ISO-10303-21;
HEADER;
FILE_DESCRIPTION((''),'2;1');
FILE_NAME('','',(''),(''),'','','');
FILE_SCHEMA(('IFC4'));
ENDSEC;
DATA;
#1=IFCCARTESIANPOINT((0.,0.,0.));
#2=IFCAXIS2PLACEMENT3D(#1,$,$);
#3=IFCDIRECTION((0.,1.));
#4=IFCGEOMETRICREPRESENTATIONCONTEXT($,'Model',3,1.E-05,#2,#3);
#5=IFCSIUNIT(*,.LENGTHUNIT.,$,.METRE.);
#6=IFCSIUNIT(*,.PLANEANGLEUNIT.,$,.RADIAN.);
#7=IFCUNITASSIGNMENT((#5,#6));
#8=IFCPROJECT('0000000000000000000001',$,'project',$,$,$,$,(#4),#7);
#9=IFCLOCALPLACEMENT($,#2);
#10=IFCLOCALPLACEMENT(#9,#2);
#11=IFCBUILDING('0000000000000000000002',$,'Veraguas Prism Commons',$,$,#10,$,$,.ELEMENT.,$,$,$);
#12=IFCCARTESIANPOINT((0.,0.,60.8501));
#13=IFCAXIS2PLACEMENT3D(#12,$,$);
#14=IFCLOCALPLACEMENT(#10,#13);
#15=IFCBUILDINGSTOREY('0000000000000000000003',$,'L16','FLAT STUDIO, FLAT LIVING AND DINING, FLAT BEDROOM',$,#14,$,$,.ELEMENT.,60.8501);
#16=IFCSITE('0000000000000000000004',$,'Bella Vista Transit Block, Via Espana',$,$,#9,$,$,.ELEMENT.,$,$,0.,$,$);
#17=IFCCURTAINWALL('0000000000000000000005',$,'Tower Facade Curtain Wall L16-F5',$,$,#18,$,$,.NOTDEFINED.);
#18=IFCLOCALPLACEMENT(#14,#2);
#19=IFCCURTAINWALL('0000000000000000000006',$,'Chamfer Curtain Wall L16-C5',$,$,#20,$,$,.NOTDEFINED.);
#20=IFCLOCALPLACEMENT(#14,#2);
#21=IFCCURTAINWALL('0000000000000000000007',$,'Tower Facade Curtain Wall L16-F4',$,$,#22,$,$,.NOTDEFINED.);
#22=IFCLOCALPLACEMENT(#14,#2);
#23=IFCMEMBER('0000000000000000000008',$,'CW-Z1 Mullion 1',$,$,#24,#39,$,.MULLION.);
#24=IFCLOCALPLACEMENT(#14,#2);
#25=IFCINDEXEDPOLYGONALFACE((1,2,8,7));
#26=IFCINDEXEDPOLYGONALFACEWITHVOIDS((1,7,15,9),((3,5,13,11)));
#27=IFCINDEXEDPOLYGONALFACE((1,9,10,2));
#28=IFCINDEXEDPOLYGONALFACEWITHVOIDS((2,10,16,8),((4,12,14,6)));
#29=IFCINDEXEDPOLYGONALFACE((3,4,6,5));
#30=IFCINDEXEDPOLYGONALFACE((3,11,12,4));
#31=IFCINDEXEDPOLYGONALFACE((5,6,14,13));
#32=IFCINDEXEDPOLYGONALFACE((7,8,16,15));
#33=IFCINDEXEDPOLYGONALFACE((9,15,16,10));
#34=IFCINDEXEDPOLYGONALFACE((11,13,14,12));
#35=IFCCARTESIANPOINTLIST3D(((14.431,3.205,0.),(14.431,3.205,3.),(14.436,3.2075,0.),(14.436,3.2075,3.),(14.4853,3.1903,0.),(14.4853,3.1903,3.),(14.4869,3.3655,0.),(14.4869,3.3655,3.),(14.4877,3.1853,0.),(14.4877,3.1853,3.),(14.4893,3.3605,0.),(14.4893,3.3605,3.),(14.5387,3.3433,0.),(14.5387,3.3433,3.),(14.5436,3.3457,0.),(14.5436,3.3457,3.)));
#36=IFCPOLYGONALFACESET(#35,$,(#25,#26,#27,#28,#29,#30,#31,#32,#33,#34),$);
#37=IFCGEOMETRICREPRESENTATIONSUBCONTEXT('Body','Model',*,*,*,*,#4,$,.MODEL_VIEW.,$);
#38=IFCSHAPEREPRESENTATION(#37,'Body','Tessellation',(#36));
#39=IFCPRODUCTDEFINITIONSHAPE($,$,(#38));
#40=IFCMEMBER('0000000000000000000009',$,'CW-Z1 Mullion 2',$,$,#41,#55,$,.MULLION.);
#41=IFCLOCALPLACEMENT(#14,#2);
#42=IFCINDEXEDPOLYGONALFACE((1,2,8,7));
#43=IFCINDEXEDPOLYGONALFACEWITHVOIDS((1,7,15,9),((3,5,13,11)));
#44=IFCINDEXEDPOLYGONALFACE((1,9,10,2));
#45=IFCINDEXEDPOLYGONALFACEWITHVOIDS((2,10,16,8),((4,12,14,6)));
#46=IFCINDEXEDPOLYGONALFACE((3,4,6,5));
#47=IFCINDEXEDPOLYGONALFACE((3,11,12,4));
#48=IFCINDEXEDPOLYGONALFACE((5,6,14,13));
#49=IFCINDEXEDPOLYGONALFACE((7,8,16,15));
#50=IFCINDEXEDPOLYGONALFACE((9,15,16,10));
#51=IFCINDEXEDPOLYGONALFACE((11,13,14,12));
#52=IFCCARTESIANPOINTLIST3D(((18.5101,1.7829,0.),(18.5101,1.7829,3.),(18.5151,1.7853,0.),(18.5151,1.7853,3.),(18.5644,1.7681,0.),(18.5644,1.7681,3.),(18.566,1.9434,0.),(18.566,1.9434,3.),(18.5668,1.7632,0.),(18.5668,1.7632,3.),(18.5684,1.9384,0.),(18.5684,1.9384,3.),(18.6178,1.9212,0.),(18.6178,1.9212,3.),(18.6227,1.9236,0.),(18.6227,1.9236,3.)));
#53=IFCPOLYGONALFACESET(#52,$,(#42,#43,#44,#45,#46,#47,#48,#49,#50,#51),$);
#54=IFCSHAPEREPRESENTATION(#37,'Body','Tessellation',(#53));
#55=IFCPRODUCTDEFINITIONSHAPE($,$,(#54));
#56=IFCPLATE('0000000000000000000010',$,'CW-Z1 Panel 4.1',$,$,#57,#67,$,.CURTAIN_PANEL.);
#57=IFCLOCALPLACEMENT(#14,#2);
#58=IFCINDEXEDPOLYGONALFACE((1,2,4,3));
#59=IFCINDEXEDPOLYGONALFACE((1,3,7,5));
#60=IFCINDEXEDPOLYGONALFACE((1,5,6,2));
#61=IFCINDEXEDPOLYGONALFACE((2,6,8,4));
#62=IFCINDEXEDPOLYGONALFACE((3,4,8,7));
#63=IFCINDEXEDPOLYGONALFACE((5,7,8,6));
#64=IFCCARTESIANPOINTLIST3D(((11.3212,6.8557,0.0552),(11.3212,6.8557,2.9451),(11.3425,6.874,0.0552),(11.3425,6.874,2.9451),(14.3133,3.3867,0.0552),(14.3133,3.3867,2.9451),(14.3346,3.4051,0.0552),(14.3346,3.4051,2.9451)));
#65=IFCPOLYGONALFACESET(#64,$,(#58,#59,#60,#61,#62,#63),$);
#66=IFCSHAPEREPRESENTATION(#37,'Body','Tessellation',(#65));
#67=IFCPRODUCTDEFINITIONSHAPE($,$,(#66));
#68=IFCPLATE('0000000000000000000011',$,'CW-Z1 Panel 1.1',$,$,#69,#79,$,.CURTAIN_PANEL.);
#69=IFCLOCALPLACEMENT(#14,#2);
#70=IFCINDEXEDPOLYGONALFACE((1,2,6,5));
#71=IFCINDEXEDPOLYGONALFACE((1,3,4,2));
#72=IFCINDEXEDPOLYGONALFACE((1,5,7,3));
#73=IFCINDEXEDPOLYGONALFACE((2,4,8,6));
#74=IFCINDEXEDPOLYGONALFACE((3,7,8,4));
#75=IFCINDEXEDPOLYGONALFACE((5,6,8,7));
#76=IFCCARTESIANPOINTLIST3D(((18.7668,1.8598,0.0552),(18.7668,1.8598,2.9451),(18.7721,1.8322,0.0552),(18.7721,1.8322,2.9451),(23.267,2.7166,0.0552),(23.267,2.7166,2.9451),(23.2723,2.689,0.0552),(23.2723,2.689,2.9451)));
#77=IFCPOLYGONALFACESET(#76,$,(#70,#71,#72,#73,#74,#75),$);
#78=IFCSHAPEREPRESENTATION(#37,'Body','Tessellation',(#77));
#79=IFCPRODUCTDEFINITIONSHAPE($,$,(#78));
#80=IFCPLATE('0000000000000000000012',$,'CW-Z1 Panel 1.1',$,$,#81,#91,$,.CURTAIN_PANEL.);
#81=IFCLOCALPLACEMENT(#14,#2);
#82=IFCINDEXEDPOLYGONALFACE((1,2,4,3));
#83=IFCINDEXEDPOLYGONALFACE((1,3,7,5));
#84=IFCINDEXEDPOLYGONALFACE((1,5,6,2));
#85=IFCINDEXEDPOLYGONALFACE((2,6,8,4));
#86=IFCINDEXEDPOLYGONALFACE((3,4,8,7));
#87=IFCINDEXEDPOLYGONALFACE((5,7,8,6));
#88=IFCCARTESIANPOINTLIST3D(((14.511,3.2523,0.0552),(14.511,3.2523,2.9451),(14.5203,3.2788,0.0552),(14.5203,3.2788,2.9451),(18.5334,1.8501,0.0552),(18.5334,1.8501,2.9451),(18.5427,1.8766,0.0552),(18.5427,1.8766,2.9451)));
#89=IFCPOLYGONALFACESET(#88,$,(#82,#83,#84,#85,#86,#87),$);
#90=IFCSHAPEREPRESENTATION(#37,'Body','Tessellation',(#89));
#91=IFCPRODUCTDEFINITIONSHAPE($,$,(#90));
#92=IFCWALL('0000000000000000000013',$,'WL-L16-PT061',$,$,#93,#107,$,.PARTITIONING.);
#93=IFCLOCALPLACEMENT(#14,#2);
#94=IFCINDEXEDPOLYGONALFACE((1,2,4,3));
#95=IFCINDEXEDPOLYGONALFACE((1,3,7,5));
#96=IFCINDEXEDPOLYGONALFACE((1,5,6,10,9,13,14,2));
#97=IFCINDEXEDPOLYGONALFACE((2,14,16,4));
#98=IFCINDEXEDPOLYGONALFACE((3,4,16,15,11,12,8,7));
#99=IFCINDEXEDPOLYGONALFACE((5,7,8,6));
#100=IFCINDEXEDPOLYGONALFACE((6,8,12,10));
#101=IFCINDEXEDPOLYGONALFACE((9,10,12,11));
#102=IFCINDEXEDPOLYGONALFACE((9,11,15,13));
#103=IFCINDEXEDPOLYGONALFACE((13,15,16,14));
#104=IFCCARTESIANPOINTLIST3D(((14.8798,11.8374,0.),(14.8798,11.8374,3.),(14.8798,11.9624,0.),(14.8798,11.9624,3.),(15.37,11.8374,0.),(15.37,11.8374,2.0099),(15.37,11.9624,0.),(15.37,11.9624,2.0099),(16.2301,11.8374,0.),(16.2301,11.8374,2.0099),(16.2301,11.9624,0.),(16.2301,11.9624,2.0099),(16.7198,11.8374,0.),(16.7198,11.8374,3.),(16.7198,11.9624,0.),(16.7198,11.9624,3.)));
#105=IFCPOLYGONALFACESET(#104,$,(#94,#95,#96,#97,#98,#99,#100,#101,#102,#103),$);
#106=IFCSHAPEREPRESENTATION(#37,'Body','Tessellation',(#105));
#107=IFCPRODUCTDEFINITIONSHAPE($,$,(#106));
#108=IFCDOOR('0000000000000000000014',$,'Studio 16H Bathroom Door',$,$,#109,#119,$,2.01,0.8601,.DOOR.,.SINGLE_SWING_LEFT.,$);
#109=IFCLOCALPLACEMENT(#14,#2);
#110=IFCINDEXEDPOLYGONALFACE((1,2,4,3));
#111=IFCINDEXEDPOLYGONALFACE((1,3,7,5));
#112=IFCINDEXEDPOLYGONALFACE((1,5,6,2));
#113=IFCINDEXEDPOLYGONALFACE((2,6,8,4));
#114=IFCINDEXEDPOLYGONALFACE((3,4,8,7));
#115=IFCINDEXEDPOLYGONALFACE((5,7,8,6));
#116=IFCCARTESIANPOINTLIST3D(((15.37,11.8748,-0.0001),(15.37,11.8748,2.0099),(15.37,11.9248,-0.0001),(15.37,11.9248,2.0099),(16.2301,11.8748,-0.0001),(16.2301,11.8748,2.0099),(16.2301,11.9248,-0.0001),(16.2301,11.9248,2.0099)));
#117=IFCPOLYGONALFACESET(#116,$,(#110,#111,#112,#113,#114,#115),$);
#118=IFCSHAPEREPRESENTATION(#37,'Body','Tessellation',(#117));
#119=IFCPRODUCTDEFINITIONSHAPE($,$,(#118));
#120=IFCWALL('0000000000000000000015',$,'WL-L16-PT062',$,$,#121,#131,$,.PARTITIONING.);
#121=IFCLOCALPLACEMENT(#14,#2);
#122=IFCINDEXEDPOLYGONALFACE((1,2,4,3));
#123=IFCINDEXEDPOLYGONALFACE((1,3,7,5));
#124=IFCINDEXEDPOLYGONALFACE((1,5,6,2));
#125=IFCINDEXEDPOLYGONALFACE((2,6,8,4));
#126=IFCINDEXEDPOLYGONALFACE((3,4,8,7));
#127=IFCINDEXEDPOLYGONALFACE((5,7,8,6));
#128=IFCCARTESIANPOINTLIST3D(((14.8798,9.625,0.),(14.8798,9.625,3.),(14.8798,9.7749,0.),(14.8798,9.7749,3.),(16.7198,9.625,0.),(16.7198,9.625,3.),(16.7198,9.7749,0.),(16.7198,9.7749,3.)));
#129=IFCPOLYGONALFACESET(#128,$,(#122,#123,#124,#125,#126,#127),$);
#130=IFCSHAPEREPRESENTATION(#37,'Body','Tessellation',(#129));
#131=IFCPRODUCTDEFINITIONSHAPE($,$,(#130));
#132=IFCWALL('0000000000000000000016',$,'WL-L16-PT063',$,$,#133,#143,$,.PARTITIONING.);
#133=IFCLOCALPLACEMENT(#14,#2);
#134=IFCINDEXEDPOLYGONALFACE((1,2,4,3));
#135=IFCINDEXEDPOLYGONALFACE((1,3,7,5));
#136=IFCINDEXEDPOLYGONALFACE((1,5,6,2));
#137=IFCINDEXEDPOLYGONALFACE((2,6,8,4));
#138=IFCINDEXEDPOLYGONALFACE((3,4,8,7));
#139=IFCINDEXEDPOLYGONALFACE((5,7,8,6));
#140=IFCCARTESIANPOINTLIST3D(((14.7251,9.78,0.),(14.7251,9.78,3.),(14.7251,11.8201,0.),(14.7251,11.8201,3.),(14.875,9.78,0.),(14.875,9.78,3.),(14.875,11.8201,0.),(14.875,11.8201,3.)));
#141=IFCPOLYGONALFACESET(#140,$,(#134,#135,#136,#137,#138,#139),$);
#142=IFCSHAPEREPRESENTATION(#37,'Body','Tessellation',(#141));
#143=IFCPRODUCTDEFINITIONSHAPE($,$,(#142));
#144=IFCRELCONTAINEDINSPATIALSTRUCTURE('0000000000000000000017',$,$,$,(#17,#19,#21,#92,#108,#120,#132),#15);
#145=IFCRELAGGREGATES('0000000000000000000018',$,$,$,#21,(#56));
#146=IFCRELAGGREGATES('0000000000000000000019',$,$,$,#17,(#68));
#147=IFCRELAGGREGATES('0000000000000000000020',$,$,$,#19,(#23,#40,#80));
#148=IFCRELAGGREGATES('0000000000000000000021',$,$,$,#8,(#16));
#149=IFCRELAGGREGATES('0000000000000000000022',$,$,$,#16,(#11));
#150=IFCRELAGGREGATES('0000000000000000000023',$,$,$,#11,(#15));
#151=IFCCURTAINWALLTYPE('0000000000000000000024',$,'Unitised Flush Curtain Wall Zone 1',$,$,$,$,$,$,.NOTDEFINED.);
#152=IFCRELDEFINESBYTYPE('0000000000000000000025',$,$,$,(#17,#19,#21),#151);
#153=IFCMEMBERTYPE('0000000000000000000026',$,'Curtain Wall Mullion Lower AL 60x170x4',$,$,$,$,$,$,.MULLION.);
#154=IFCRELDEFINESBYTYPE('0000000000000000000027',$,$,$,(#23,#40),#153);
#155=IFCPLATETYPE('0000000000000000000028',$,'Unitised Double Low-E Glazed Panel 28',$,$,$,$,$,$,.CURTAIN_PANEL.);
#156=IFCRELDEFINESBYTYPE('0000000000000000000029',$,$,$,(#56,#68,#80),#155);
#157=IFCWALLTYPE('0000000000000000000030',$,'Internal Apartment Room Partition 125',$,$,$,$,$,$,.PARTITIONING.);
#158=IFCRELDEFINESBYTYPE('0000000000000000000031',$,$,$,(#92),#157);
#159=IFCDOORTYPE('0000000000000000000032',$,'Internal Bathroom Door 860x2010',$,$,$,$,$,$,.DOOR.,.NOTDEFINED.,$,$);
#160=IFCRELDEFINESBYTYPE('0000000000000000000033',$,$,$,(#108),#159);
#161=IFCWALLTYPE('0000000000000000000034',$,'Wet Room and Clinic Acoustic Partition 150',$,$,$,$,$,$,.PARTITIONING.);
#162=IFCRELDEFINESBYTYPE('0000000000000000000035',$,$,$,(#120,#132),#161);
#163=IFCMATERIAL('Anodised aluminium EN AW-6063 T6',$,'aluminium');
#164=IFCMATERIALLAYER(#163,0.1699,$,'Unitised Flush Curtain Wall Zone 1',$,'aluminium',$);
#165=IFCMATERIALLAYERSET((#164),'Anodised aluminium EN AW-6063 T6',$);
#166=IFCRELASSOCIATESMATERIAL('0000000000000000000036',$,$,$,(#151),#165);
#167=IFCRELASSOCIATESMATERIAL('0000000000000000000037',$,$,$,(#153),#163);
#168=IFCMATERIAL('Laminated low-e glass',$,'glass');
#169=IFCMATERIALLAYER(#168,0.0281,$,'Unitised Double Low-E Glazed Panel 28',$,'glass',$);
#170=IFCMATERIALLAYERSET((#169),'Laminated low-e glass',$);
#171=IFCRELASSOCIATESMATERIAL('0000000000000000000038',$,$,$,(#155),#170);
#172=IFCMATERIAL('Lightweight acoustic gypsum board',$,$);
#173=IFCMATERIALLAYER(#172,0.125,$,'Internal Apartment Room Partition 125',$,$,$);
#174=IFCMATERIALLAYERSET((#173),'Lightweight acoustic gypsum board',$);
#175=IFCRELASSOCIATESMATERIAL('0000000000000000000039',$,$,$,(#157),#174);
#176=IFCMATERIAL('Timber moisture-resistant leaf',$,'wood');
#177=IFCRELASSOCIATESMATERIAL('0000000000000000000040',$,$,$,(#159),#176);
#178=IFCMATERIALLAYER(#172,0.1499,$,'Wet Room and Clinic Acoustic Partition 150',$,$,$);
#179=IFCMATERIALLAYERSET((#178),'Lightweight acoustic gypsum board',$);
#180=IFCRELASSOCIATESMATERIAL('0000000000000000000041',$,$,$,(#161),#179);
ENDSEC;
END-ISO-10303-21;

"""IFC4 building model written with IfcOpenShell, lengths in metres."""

from ifc_helpers import new_model, si_unit, direction, frame, frame_2d, origin, origin_2d, place, context, subcontext, project, spatial, rectangle, hollow_rectangle, extrude, source, transform, mapped, material, layer, layer_set, material_profile, profile_set, type_object, element, fill, aggregate, save


model = new_model("IFC4")

# Units and contexts
model_context = context("Model", 3, precision=1e-05, world=origin(), true_north=direction((0.0, 1.0)))
body_context = subcontext(model_context, "Body", "Model", "MODEL_VIEW")
ifc_project = project(units=[si_unit("LENGTHUNIT", "METRE"), si_unit("PLANEANGLEUNIT", "RADIAN")], contexts=[model_context])

# Site, building, storey
site_placement = place(None, origin())
site = spatial("IfcSite", under=ifc_project, at=site_placement, Name="Bella Vista Transit Block, Via Espana", CompositionType="ELEMENT", RefElevation=0.0)
building_placement = place(site_placement, origin())
building = spatial("IfcBuilding", under=site, at=building_placement, Name="Veraguas Prism Commons", CompositionType="ELEMENT")
storey_placement = place(building_placement, frame((0.0, 0.0, 60.8501)))
storey = spatial("IfcBuildingStorey", under=building, at=storey_placement, Name="L16", Description="FLAT STUDIO, FLAT LIVING AND DINING, FLAT BEDROOM", CompositionType="ELEMENT", Elevation=60.8501)

# Curtain walls
ifc_material_1 = material(Name="Anodised aluminium EN AW-6063 T6", Category="aluminium")
ifc_layer_1 = layer(ifc_material_1, 0.1699, Name="Unitised Flush Curtain Wall Zone 1", Category="aluminium")
ifc_layer_set_1 = layer_set([ifc_layer_1], Name="Anodised aluminium EN AW-6063 T6")
curtain_wall_type = type_object("IfcCurtainWallType", Name="Unitised Flush Curtain Wall Zone 1", PredefinedType="NOTDEFINED", material=ifc_layer_set_1)
curtain_wall_1_placement = place(storey_placement, origin())
curtain_wall_1 = element("IfcCurtainWall", 1, at=curtain_wall_1_placement, inside=storey, type_object=curtain_wall_type, Name="Tower Facade Curtain Wall L16-F5", PredefinedType="NOTDEFINED")
curtain_wall_2_placement = place(storey_placement, origin())
curtain_wall_2 = element("IfcCurtainWall", 2, at=curtain_wall_2_placement, inside=storey, type_object=curtain_wall_type, Name="Chamfer Curtain Wall L16-C5", PredefinedType="NOTDEFINED")

# Curtain wall
curtain_wall_3_placement = place(storey_placement, origin())
curtain_wall_3 = element("IfcCurtainWall", 3, at=curtain_wall_3_placement, inside=storey, type_object=curtain_wall_type, Name="Tower Facade Curtain Wall L16-F4", PredefinedType="NOTDEFINED")
ifc_material_profile_1 = material_profile(ifc_material_1, hollow_rectangle(XDim=0.0601, YDim=0.1699, WallThickness=0.0039, at=origin_2d()), Name="AL60X170X4")
ifc_profile_set_1 = profile_set([ifc_material_profile_1], Name="Anodised aluminium EN AW-6063 T6")
member_type_1 = type_object("IfcMemberType", Name="Curtain Wall Mullion Lower AL 60x170x4", PredefinedType="MULLION", material=ifc_profile_set_1)
shared_shape_1 = source(origin(), body_context, "Body", "SweptSolid", [
    extrude(hollow_rectangle(XDim=0.0601, YDim=0.1699, WallThickness=0.0039, at=origin_2d()), origin(), (0.0, 0.0, 1.0), 3.0),
])

# Members
member_1_placement = place(storey_placement, frame((14.4873, 3.2754, 0.0), z_axis=(0.0, 0.0, 1.0), x_axis=(0.944272, -0.329165, 0.0)))
member_1 = element("IfcMember", 4, at=member_1_placement, type_object=member_type_1, Name="CW-Z1 Mullion 1", PredefinedType="MULLION", context=body_context, shape_type="MappedRepresentation", body=[
    mapped(shared_shape_1, transform((0.0, 0.0, 0.0), scale=1.0)),
])
member_2_placement = place(storey_placement, frame((18.5664, 1.8533, 0.0), z_axis=(0.0, 0.0, 1.0), x_axis=(0.944272, -0.329165, 0.0)))
member_2 = element("IfcMember", 5, at=member_2_placement, type_object=member_type_1, Name="CW-Z1 Mullion 2", PredefinedType="MULLION", context=body_context, shape_type="MappedRepresentation", body=[
    mapped(shared_shape_1, transform((0.0, 0.0, 0.0), scale=1.0)),
])

# Plates
ifc_material_2 = material(Name="Laminated low-e glass", Category="glass")
ifc_layer_2 = layer(ifc_material_2, 0.0281, Name="Unitised Double Low-E Glazed Panel 28", Category="glass")
ifc_layer_set_2 = layer_set([ifc_layer_2], Name="Laminated low-e glass")
plate_type = type_object("IfcPlateType", Name="Unitised Double Low-E Glazed Panel 28", PredefinedType="CURTAIN_PANEL", material=ifc_layer_set_2)
shared_shape_2 = source(origin(), body_context, "Body", "SweptSolid", [
    extrude(rectangle(XDim=4.5811, YDim=0.0281, at=origin_2d()), origin(), (0.0, 0.0, 1.0), 2.8899),
])
plate_1_placement = place(storey_placement, frame((12.8279, 5.1304, 0.0552), z_axis=(0.0, 0.0, 1.0), x_axis=(0.65315, -0.757229, 0.0)))
plate_1 = element("IfcPlate", 6, at=plate_1_placement, type_object=plate_type, Name="CW-Z1 Panel 4.1", PredefinedType="CURTAIN_PANEL", context=body_context, shape_type="MappedRepresentation", body=[
    mapped(shared_shape_2, transform((0.0, 0.0, 0.0), scale=1.0)),
])
aggregate(curtain_wall_3, [plate_1])
plate_2_placement = place(storey_placement, frame((21.0195, 2.2744, 0.0552), z_axis=(0.0, 0.0, 1.0), x_axis=(0.982353, 0.187038, 0.0)))
plate_2 = element("IfcPlate", 7, at=plate_2_placement, type_object=plate_type, Name="CW-Z1 Panel 1.1", PredefinedType="CURTAIN_PANEL", context=body_context, shape_type="MappedRepresentation", body=[
    mapped(shared_shape_2, transform((0.0, 0.0, 0.0), scale=1.0)),
])
aggregate(curtain_wall_1, [plate_2])
shared_shape_3 = source(origin(), body_context, "Body", "SweptSolid", [
    extrude(rectangle(XDim=4.2598, YDim=0.0281, at=origin_2d()), origin(), (0.0, 0.0, 1.0), 2.8899),
])
plate_3_placement = place(storey_placement, frame((16.5269, 2.5645, 0.0552), z_axis=(0.0, 0.0, 1.0), x_axis=(0.944272, -0.329165, 0.0)))
plate_3 = element("IfcPlate", 8, at=plate_3_placement, type_object=plate_type, Name="CW-Z1 Panel 1.1", PredefinedType="CURTAIN_PANEL", context=body_context, shape_type="MappedRepresentation", body=[
    mapped(shared_shape_3, transform((0.0, 0.0, 0.0), scale=1.0)),
])
aggregate(curtain_wall_2, [member_1, member_2, plate_3])

# Wall, opening, door
ifc_material_3 = material(Name="Lightweight acoustic gypsum board")
ifc_layer_3 = layer(ifc_material_3, 0.125, Name="Internal Apartment Room Partition 125")
ifc_layer_set_3 = layer_set([ifc_layer_3], Name="Lightweight acoustic gypsum board")
wall_type_1 = type_object("IfcWallType", Name="Internal Apartment Room Partition 125", PredefinedType="PARTITIONING", material=ifc_layer_set_3)
wall_1_placement = place(storey_placement, frame((14.8799, 11.8999, 0.0), z_axis=(0.0, 0.0, 1.0), x_axis=(1.0, 0.0, 0.0)))
wall_1 = element("IfcWall", 9, at=wall_1_placement, inside=storey, type_object=wall_type_1, Name="WL-L16-PT061", PredefinedType="PARTITIONING", context=body_context, shape_type="SweptSolid", body=[
    extrude(rectangle(XDim=1.8401, YDim=0.125, at=frame_2d((0.9199, 0.0))), origin(), (0.0, 0.0, 1.0), 3.0),
])
opening_placement = place(wall_1_placement, frame((0.49, 0.0, 0.0)))
opening = element("IfcOpeningElement", 10, at=opening_placement, cuts=wall_1, PredefinedType="OPENING", context=body_context, shape_type="SweptSolid", body=[
    extrude(rectangle(XDim=0.8601, YDim=2.01, at=frame_2d((0.4302, 1.0049))), frame((0.0, 0.0725, 0.0), z_axis=(0.0, -1.0, 0.0), x_axis=(1.0, 0.0, 0.0)), (0.0, 0.0, 1.0), 0.145),
])
ifc_material_4 = material(Name="Timber moisture-resistant leaf", Category="wood")
door_type = type_object("IfcDoorType", Name="Internal Bathroom Door 860x2010", OperationType="NOTDEFINED", PredefinedType="DOOR", material=ifc_material_4)
shared_shape_4 = source(origin(), body_context, "Body", "SweptSolid", [
    extrude(rectangle(XDim=0.8601, YDim=2.01, at=frame_2d((0.4302, 1.0049))), frame((0.0, 0.0249, 0.0), z_axis=(0.0, -1.0, 0.0), x_axis=(1.0, 0.0, 0.0)), (0.0, 0.0, 1.0), 0.05),
])
door_placement = place(opening_placement, origin())
door = element("IfcDoor", 11, at=door_placement, inside=storey, type_object=door_type, Name="Studio 16H Bathroom Door", OperationType="SINGLE_SWING_LEFT", OverallHeight=2.01, OverallWidth=0.8601, PredefinedType="DOOR", context=body_context, shape_type="MappedRepresentation", body=[
    mapped(shared_shape_4, transform((0.0, 0.0, 0.0), scale=1.0)),
])
fill(opening, door)

# Walls
ifc_layer_4 = layer(ifc_material_3, 0.1499, Name="Wet Room and Clinic Acoustic Partition 150")
ifc_layer_set_4 = layer_set([ifc_layer_4], Name="Lightweight acoustic gypsum board")
wall_type_2 = type_object("IfcWallType", Name="Wet Room and Clinic Acoustic Partition 150", PredefinedType="PARTITIONING", material=ifc_layer_set_4)
wall_2_placement = place(storey_placement, frame((14.8799, 9.7, 0.0), z_axis=(0.0, 0.0, 1.0), x_axis=(1.0, 0.0, 0.0)))
element("IfcWall", 12, at=wall_2_placement, inside=storey, type_object=wall_type_2, Name="WL-L16-PT062", PredefinedType="PARTITIONING", context=body_context, shape_type="SweptSolid", body=[
    extrude(rectangle(XDim=1.8401, YDim=0.1499, at=frame_2d((0.9199, 0.0))), origin(), (0.0, 0.0, 1.0), 3.0),
])
wall_3_placement = place(storey_placement, frame((14.8, 9.78, 0.0), z_axis=(0.0, 0.0, 1.0), x_axis=(0.0, 1.0, 0.0)))
element("IfcWall", 13, at=wall_3_placement, inside=storey, type_object=wall_type_2, Name="WL-L16-PT063", PredefinedType="PARTITIONING", context=body_context, shape_type="SweptSolid", body=[
    extrude(rectangle(XDim=2.04, YDim=0.1499, at=frame_2d((1.02, 0.0))), origin(), (0.0, 0.0, 1.0), 3.0),
])

save(model, "model.ifc")
